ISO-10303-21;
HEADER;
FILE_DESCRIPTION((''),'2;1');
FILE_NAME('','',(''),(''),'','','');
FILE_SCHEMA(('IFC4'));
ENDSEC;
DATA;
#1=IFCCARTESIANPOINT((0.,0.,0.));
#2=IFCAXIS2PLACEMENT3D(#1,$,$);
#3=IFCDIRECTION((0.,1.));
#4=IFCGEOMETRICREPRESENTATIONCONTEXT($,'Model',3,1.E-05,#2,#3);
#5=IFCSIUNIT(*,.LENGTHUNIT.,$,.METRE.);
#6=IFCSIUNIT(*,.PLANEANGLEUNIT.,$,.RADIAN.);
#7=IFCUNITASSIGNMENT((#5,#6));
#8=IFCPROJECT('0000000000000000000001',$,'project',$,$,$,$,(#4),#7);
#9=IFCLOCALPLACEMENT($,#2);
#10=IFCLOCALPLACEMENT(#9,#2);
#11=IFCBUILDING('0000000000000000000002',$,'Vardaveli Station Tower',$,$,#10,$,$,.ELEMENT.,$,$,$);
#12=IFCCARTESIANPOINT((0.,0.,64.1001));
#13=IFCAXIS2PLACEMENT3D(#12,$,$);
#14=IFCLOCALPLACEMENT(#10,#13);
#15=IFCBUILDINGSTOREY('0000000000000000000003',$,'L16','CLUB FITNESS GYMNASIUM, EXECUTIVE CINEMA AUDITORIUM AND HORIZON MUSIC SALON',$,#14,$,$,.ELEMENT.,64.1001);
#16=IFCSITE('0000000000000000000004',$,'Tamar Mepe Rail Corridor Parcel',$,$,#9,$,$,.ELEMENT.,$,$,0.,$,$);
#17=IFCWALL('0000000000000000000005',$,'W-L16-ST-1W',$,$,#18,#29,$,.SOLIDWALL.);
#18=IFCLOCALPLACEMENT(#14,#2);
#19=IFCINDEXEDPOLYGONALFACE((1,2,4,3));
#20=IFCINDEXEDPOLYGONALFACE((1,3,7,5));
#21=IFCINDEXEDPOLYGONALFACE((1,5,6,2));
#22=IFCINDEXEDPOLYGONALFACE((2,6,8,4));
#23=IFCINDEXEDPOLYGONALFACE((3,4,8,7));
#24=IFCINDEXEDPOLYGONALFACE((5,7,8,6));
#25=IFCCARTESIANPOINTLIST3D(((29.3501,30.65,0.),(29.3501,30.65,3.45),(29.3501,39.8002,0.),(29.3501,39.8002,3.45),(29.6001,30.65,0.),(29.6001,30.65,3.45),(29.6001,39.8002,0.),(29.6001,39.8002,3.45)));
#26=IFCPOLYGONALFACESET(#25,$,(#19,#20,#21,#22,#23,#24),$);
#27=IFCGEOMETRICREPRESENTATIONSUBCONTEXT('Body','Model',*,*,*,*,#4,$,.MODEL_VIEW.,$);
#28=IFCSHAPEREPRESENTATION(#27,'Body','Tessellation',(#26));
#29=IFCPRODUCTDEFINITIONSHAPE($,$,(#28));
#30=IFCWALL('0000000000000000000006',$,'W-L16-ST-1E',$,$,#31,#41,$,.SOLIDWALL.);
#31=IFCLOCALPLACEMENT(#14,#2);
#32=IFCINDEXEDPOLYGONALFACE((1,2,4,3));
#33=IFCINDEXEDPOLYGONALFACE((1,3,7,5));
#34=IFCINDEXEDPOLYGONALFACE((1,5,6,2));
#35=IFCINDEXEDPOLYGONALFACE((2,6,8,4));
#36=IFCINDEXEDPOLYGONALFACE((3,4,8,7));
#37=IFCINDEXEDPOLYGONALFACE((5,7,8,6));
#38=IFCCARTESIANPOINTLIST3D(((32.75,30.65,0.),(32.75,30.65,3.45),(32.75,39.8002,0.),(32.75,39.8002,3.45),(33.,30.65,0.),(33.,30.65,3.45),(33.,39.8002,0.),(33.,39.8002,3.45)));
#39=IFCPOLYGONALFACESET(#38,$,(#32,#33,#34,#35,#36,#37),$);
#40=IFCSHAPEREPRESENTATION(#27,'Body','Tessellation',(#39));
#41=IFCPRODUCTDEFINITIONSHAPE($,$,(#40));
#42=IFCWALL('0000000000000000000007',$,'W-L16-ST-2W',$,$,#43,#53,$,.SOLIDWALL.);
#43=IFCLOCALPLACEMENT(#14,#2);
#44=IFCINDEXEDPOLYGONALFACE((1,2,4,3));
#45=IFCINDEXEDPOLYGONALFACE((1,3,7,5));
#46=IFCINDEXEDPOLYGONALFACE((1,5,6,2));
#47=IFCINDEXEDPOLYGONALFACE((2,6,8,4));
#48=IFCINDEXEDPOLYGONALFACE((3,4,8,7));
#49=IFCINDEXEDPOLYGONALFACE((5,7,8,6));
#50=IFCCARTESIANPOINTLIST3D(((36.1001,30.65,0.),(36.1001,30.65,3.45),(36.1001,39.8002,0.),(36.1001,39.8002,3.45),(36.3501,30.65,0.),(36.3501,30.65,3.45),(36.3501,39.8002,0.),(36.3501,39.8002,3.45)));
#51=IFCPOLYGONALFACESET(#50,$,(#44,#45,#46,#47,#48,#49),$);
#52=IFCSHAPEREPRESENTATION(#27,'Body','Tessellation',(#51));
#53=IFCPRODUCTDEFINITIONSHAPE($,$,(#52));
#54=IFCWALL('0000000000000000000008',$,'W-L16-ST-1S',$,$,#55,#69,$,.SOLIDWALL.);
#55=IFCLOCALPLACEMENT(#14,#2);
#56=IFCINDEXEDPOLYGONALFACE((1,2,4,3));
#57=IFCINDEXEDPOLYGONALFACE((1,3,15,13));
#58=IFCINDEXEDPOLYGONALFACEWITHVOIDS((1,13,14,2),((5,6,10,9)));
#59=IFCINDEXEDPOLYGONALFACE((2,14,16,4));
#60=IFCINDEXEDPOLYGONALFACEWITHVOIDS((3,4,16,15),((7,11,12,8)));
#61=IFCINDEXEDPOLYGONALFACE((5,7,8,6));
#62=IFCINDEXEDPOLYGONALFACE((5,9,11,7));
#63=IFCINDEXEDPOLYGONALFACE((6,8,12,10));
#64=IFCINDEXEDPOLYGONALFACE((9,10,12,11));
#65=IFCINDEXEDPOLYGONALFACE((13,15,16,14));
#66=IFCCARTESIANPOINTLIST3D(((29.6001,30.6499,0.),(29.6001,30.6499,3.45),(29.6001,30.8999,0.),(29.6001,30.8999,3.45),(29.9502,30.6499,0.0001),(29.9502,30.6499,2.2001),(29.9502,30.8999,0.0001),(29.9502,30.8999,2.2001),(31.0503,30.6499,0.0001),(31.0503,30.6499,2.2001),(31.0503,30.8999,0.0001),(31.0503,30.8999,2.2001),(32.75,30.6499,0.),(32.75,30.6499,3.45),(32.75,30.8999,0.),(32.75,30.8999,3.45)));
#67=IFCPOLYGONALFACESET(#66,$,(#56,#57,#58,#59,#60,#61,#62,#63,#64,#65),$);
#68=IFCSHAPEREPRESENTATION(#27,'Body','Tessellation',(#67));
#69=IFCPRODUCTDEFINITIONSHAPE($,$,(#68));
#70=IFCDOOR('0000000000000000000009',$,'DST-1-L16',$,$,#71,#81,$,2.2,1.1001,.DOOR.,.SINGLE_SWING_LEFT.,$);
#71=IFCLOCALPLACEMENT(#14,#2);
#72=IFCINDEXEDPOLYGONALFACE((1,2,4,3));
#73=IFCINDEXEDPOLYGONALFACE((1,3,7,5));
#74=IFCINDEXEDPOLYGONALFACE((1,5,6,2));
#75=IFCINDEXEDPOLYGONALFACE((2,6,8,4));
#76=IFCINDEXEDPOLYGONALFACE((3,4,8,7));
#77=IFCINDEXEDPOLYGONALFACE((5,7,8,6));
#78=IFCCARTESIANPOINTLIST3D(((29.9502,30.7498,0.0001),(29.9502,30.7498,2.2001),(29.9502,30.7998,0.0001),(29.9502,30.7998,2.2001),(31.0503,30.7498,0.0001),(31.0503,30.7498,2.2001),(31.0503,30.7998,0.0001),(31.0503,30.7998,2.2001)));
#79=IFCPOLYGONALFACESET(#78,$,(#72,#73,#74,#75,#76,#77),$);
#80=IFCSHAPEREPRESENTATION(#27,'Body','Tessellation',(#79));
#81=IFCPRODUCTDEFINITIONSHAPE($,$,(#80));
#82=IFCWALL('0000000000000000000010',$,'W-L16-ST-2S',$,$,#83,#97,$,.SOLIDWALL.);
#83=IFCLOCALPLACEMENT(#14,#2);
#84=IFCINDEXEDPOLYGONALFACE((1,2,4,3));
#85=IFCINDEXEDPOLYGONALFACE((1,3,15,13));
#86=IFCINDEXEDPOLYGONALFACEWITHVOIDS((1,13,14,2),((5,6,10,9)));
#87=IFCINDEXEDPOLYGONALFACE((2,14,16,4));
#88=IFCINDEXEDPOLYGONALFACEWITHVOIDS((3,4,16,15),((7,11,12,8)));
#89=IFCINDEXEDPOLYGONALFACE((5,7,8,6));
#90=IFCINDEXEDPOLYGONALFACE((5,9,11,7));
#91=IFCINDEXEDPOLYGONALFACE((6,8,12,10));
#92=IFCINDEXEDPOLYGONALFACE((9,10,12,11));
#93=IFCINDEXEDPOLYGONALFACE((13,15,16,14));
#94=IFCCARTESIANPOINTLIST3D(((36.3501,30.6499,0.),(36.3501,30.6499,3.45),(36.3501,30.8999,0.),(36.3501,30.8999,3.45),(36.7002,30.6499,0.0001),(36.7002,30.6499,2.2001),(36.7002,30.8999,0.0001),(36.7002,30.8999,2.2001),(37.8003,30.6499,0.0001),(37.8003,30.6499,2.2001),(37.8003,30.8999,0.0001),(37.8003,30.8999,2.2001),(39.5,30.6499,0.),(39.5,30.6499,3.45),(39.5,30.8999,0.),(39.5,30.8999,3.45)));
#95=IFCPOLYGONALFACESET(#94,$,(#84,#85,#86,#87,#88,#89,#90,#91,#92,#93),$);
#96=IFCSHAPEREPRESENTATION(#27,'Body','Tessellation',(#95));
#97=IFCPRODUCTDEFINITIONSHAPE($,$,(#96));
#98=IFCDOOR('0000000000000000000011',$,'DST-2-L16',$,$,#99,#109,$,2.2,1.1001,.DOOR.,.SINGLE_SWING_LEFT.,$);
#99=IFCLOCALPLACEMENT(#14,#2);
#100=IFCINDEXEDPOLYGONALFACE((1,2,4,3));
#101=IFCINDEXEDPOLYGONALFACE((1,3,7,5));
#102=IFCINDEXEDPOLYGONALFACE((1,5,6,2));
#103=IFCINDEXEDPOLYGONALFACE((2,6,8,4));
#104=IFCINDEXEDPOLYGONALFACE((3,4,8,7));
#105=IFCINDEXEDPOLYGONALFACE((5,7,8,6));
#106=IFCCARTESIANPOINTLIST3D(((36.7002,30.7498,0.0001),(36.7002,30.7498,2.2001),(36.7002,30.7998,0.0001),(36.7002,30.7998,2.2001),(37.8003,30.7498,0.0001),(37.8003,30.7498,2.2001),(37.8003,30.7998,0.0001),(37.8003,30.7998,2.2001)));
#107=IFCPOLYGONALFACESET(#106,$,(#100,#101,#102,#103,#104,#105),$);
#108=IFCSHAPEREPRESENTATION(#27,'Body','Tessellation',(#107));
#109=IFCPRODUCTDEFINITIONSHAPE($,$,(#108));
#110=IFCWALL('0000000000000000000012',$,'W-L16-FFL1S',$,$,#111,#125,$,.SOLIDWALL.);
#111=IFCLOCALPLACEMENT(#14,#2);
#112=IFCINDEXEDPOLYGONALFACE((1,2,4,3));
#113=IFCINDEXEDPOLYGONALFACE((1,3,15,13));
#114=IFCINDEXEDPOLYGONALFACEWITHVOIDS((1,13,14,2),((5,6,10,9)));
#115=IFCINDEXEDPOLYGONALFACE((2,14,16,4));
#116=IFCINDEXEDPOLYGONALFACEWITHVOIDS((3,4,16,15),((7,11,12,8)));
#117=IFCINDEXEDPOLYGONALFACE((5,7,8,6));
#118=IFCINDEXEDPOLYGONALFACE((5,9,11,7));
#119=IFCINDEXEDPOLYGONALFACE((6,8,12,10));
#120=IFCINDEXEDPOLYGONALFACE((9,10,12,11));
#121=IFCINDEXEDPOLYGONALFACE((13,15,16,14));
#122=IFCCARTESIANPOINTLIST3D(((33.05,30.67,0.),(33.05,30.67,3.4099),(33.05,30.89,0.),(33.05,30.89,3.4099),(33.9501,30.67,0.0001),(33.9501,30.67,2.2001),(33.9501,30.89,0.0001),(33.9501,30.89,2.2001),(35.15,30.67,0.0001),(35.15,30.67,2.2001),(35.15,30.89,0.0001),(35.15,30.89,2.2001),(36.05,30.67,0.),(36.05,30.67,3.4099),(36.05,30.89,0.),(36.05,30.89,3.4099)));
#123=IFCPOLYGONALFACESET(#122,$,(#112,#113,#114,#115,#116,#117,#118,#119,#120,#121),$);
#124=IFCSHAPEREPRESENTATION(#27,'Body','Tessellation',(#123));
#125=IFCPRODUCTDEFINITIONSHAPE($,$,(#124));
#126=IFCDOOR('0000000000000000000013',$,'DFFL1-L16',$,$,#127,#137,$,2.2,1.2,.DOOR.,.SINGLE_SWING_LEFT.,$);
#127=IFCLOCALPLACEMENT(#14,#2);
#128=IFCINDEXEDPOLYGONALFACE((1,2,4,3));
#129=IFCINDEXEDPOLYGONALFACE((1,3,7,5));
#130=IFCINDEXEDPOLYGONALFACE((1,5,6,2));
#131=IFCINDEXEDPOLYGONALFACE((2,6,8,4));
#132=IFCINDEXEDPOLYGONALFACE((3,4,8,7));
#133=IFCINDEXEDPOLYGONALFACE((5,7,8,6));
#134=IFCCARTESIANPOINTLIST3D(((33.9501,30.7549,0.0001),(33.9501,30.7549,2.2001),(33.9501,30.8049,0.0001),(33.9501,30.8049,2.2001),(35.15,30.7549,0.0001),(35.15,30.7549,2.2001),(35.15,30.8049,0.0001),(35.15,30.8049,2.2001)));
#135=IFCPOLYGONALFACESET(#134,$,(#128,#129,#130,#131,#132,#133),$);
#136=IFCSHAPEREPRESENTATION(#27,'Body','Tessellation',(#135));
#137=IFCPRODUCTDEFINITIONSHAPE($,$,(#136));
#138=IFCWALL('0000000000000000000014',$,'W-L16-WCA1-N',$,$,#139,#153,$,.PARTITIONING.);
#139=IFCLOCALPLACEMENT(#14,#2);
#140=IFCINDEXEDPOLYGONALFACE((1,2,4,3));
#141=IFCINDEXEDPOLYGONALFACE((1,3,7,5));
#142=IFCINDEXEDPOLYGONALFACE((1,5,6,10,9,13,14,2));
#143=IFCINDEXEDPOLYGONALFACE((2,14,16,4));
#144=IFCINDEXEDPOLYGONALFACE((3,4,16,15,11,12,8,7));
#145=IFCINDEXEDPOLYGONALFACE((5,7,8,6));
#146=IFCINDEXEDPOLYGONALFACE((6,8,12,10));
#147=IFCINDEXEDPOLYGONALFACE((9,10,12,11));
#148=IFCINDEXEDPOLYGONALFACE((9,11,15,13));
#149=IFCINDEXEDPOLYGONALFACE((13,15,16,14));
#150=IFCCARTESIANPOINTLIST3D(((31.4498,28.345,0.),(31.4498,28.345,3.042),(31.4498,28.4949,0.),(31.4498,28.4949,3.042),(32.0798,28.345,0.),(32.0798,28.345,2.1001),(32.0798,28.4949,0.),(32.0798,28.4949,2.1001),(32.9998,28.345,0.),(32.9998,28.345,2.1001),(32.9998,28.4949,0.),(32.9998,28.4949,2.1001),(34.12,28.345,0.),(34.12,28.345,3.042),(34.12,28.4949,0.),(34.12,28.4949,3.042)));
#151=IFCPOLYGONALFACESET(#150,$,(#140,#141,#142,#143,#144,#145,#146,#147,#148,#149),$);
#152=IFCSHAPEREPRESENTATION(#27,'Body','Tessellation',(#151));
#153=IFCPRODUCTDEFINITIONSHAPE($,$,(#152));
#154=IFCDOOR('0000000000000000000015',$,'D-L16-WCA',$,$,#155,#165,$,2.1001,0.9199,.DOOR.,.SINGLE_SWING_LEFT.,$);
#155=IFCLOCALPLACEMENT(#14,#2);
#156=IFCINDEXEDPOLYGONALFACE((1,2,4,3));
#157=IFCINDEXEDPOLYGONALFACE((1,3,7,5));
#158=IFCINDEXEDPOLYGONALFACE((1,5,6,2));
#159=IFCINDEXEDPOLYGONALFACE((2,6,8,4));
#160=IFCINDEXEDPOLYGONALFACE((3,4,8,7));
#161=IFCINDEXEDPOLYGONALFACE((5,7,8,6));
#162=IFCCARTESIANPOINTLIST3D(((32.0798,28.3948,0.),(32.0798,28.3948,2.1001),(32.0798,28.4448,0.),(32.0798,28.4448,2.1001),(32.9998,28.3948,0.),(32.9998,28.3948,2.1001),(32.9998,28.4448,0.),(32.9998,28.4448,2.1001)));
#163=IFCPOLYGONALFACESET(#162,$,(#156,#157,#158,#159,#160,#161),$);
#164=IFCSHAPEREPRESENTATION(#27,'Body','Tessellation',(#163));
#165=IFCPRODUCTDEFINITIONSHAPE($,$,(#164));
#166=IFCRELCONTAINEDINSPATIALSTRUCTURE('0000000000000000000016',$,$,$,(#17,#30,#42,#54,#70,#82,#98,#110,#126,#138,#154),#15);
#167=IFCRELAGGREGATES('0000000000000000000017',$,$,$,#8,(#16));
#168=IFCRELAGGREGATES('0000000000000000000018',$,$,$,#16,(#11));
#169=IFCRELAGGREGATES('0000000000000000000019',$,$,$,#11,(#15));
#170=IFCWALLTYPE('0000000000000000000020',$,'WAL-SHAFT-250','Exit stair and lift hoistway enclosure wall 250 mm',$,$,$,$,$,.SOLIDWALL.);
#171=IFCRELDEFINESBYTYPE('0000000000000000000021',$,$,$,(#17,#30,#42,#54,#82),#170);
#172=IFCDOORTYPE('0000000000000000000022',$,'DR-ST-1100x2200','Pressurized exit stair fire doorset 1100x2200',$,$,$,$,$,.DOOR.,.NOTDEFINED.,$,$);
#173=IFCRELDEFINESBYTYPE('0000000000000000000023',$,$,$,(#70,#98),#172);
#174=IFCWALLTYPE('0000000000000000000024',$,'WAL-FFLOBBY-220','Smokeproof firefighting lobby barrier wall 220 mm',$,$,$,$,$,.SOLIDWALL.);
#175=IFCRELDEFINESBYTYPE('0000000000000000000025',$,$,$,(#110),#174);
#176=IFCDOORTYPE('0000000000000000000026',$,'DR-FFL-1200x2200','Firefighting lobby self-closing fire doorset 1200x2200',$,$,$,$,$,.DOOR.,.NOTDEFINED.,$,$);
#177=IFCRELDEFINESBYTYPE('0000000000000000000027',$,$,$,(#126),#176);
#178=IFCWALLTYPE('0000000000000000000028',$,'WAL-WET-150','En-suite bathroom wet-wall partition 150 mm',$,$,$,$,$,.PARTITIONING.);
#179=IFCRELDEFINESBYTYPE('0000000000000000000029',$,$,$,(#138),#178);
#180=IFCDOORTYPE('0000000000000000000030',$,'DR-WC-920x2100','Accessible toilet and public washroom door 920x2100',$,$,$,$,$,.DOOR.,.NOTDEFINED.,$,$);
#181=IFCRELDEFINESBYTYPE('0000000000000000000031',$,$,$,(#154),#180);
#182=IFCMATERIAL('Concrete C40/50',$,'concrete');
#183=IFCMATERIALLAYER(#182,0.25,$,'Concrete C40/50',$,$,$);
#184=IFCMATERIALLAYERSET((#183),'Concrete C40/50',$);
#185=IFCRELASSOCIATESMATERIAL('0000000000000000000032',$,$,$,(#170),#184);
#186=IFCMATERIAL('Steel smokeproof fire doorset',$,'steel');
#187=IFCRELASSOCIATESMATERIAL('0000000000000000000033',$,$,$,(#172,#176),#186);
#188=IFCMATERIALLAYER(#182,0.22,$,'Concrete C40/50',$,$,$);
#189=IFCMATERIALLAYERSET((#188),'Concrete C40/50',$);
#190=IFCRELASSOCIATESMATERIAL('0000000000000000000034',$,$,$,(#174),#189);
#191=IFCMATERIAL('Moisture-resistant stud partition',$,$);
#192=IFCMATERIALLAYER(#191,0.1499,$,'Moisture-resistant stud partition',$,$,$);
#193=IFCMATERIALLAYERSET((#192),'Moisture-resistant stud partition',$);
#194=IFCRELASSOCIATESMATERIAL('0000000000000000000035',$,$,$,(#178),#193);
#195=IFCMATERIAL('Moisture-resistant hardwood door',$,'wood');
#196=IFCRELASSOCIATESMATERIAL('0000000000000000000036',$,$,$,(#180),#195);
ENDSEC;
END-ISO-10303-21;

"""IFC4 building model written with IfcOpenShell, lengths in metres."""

from ifc_helpers import new_model, si_unit, direction, frame, frame_2d, origin, place, context, subcontext, project, spatial, rectangle, extrude, source, transform, mapped, material, layer, layer_set, type_object, element, fill, save


model = new_model("IFC4")

# Units and contexts
model_context = context("Model", 3, precision=1e-05, world=origin(), true_north=direction((0.0, 1.0)))
body_context = subcontext(model_context, "Body", "Model", "MODEL_VIEW")
ifc_project = project(units=[si_unit("LENGTHUNIT", "METRE"), si_unit("PLANEANGLEUNIT", "RADIAN")], contexts=[model_context])

# Site, building, storey
site_placement = place(None, origin())
site = spatial("IfcSite", under=ifc_project, at=site_placement, Name="Tamar Mepe Rail Corridor Parcel", CompositionType="ELEMENT", RefElevation=0.0)
building_placement = place(site_placement, origin())
building = spatial("IfcBuilding", under=site, at=building_placement, Name="Vardaveli Station Tower", CompositionType="ELEMENT")
storey_placement = place(building_placement, frame((0.0, 0.0, 64.1001)))
storey = spatial("IfcBuildingStorey", under=building, at=storey_placement, Name="L16", Description="CLUB FITNESS GYMNASIUM, EXECUTIVE CINEMA AUDITORIUM AND HORIZON MUSIC SALON", CompositionType="ELEMENT", Elevation=64.1001)

# Walls
ifc_material_1 = material(Name="Concrete C40/50", Category="concrete")
ifc_layer_1 = layer(ifc_material_1, 0.25, Name="Concrete C40/50")
ifc_layer_set_1 = layer_set([ifc_layer_1], Name="Concrete C40/50")
wall_type_1 = type_object("IfcWallType", Name="WAL-SHAFT-250", Description="Exit stair and lift hoistway enclosure wall 250 mm", PredefinedType="SOLIDWALL", material=ifc_layer_set_1)
shared_shape_1 = source(origin(), body_context, "Body", "SweptSolid", [
    extrude(rectangle(XDim=9.1501, YDim=0.25, at=frame_2d((4.5752, 0.0))), origin(), (0.0, 0.0, 1.0), 3.45),
])
for number, where, z_axis, x_axis, name in (
    (1, (29.4751, 30.6499, 0.0), (0.0, 0.0, 1.0), (0.0, 1.0, 0.0), "W-L16-ST-1W"),
    (2, (32.875, 30.6499, 0.0), (0.0, 0.0, 1.0), (0.0, 1.0, 0.0), "W-L16-ST-1E"),
    (3, (36.2251, 30.6499, 0.0), (0.0, 0.0, 1.0), (0.0, 1.0, 0.0), "W-L16-ST-2W"),
):
    element("IfcWall", number, at=place(storey_placement, frame(where, z_axis=z_axis, x_axis=x_axis)), inside=storey, type_object=wall_type_1, Name=name, PredefinedType="SOLIDWALL", context=body_context, shape_type="MappedRepresentation", body=[
        mapped(shared_shape_1, transform((0.0, 0.0, 0.0), scale=1.0)),
    ])

# Walls, openings, doors
shared_shape_2 = source(origin(), body_context, "Body", "SweptSolid", [
    extrude(rectangle(XDim=3.1499, YDim=0.25, at=frame_2d((1.575, 0.0))), origin(), (0.0, 0.0, 1.0), 3.45),
])
wall_1_placement = place(storey_placement, frame((29.6001, 30.7749, 0.0), z_axis=(0.0, 0.0, 1.0), x_axis=(1.0, 0.0, 0.0)))
wall_1 = element("IfcWall", 4, at=wall_1_placement, inside=storey, type_object=wall_type_1, Name="W-L16-ST-1S", PredefinedType="SOLIDWALL", context=body_context, shape_type="MappedRepresentation", body=[
    mapped(shared_shape_2, transform((0.0, 0.0, 0.0), scale=1.0)),
])
shared_shape_3 = source(origin(), body_context, "Body", "SweptSolid", [
    extrude(rectangle(XDim=1.1001, YDim=2.2, at=frame_2d((0.55, 1.1001))), frame((0.0, 0.135, 0.0), z_axis=(0.0, -1.0, 0.0), x_axis=(1.0, 0.0, 0.0)), (0.0, 0.0, 1.0), 0.27),
])
opening_1_placement = place(wall_1_placement, frame((0.3501, 0.0, 0.0)))
opening_1 = element("IfcOpeningElement", 5, at=opening_1_placement, cuts=wall_1, PredefinedType="OPENING", context=body_context, shape_type="MappedRepresentation", body=[
    mapped(shared_shape_3, transform((0.0, 0.0, 0.0), scale=1.0)),
])
ifc_material_2 = material(Name="Steel smokeproof fire doorset", Category="steel")
door_type_1 = type_object("IfcDoorType", Name="DR-ST-1100x2200", Description="Pressurized exit stair fire doorset 1100x2200", OperationType="NOTDEFINED", PredefinedType="DOOR", material=ifc_material_2)
shared_shape_4 = source(origin(), body_context, "Body", "SweptSolid", [
    extrude(rectangle(XDim=1.1001, YDim=2.2, at=frame_2d((0.55, 1.1001))), frame((0.0, 0.0249, 0.0), z_axis=(0.0, -1.0, 0.0), x_axis=(1.0, 0.0, 0.0)), (0.0, 0.0, 1.0), 0.05),
])
door_1_placement = place(opening_1_placement, origin())
door_1 = element("IfcDoor", 6, at=door_1_placement, inside=storey, type_object=door_type_1, Name="DST-1-L16", OperationType="SINGLE_SWING_LEFT", OverallHeight=2.2, OverallWidth=1.1001, PredefinedType="DOOR", context=body_context, shape_type="MappedRepresentation", body=[
    mapped(shared_shape_4, transform((0.0, 0.0, 0.0), scale=1.0)),
])
fill(opening_1, door_1)
wall_2_placement = place(storey_placement, frame((36.3501, 30.7749, 0.0), z_axis=(0.0, 0.0, 1.0), x_axis=(1.0, 0.0, 0.0)))
wall_2 = element("IfcWall", 7, at=wall_2_placement, inside=storey, type_object=wall_type_1, Name="W-L16-ST-2S", PredefinedType="SOLIDWALL", context=body_context, shape_type="MappedRepresentation", body=[
    mapped(shared_shape_2, transform((0.0, 0.0, 0.0), scale=1.0)),
])
opening_2_placement = place(wall_2_placement, frame((0.3501, 0.0, 0.0)))
opening_2 = element("IfcOpeningElement", 8, at=opening_2_placement, cuts=wall_2, PredefinedType="OPENING", context=body_context, shape_type="MappedRepresentation", body=[
    mapped(shared_shape_3, transform((0.0, 0.0, 0.0), scale=1.0)),
])
door_2_placement = place(opening_2_placement, origin())
door_2 = element("IfcDoor", 9, at=door_2_placement, inside=storey, type_object=door_type_1, Name="DST-2-L16", OperationType="SINGLE_SWING_LEFT", OverallHeight=2.2, OverallWidth=1.1001, PredefinedType="DOOR", context=body_context, shape_type="MappedRepresentation", body=[
    mapped(shared_shape_4, transform((0.0, 0.0, 0.0), scale=1.0)),
])
fill(opening_2, door_2)
ifc_layer_2 = layer(ifc_material_1, 0.22, Name="Concrete C40/50")
ifc_layer_set_2 = layer_set([ifc_layer_2], Name="Concrete C40/50")
wall_type_2 = type_object("IfcWallType", Name="WAL-FFLOBBY-220", Description="Smokeproof firefighting lobby barrier wall 220 mm", PredefinedType="SOLIDWALL", material=ifc_layer_set_2)
shared_shape_5 = source(origin(), body_context, "Body", "SweptSolid", [
    extrude(rectangle(XDim=3.0, YDim=0.22, at=frame_2d((1.5, 0.0))), origin(), (0.0, 0.0, 1.0), 3.4099),
])
wall_3_placement = place(storey_placement, frame((33.05, 30.78, 0.0), z_axis=(0.0, 0.0, 1.0), x_axis=(1.0, 0.0, 0.0)))
wall_3 = element("IfcWall", 10, at=wall_3_placement, inside=storey, type_object=wall_type_2, Name="W-L16-FFL1S", PredefinedType="SOLIDWALL", context=body_context, shape_type="MappedRepresentation", body=[
    mapped(shared_shape_5, transform((0.0, 0.0, 0.0), scale=1.0)),
])
shared_shape_6 = source(origin(), body_context, "Body", "SweptSolid", [
    extrude(rectangle(XDim=1.2, YDim=2.2, at=frame_2d((0.6001, 1.1001))), frame((0.0, 0.1201, 0.0), z_axis=(0.0, -1.0, 0.0), x_axis=(1.0, 0.0, 0.0)), (0.0, 0.0, 1.0), 0.24),
])
opening_3_placement = place(wall_3_placement, frame((0.8999, 0.0, 0.0)))
opening_3 = element("IfcOpeningElement", 11, at=opening_3_placement, cuts=wall_3, PredefinedType="OPENING", context=body_context, shape_type="MappedRepresentation", body=[
    mapped(shared_shape_6, transform((0.0, 0.0, 0.0), scale=1.0)),
])
door_type_2 = type_object("IfcDoorType", Name="DR-FFL-1200x2200", Description="Firefighting lobby self-closing fire doorset 1200x2200", OperationType="NOTDEFINED", PredefinedType="DOOR", material=ifc_material_2)
shared_shape_7 = source(origin(), body_context, "Body", "SweptSolid", [
    extrude(rectangle(XDim=1.2, YDim=2.2, at=frame_2d((0.6001, 1.1001))), frame((0.0, 0.0249, 0.0), z_axis=(0.0, -1.0, 0.0), x_axis=(1.0, 0.0, 0.0)), (0.0, 0.0, 1.0), 0.05),
])
door_3_placement = place(opening_3_placement, origin())
door_3 = element("IfcDoor", 12, at=door_3_placement, inside=storey, type_object=door_type_2, Name="DFFL1-L16", OperationType="SINGLE_SWING_LEFT", OverallHeight=2.2, OverallWidth=1.2, PredefinedType="DOOR", context=body_context, shape_type="MappedRepresentation", body=[
    mapped(shared_shape_7, transform((0.0, 0.0, 0.0), scale=1.0)),
])
fill(opening_3, door_3)
ifc_material_3 = material(Name="Moisture-resistant stud partition")
ifc_layer_3 = layer(ifc_material_3, 0.1499, Name="Moisture-resistant stud partition")
ifc_layer_set_3 = layer_set([ifc_layer_3], Name="Moisture-resistant stud partition")
wall_type_3 = type_object("IfcWallType", Name="WAL-WET-150", Description="En-suite bathroom wet-wall partition 150 mm", PredefinedType="PARTITIONING", material=ifc_layer_set_3)
shared_shape_8 = source(origin(), body_context, "Body", "SweptSolid", [
    extrude(rectangle(XDim=2.6702, YDim=0.1499, at=frame_2d((1.335, 0.0))), origin(), (0.0, 0.0, 1.0), 3.042),
])
wall_4_placement = place(storey_placement, frame((31.45, 28.4199, 0.0), z_axis=(0.0, 0.0, 1.0), x_axis=(1.0, 0.0, 0.0)))
wall_4 = element("IfcWall", 13, at=wall_4_placement, inside=storey, type_object=wall_type_3, Name="W-L16-WCA1-N", PredefinedType="PARTITIONING", context=body_context, shape_type="MappedRepresentation", body=[
    mapped(shared_shape_8, transform((0.0, 0.0, 0.0), scale=1.0)),
])
shared_shape_9 = source(origin(), body_context, "Body", "SweptSolid", [
    extrude(rectangle(XDim=0.9199, YDim=2.1001, at=frame_2d((0.46, 1.05))), frame((0.0, 0.085, 0.0), z_axis=(0.0, -1.0, 0.0), x_axis=(1.0, 0.0, 0.0)), (0.0, 0.0, 1.0), 0.1699),
])
opening_4_placement = place(wall_4_placement, frame((0.6299, 0.0, 0.0)))
opening_4 = element("IfcOpeningElement", 14, at=opening_4_placement, cuts=wall_4, PredefinedType="OPENING", context=body_context, shape_type="MappedRepresentation", body=[
    mapped(shared_shape_9, transform((0.0, 0.0, 0.0), scale=1.0)),
])
ifc_material_4 = material(Name="Moisture-resistant hardwood door", Category="wood")
door_type_3 = type_object("IfcDoorType", Name="DR-WC-920x2100", Description="Accessible toilet and public washroom door 920x2100", OperationType="NOTDEFINED", PredefinedType="DOOR", material=ifc_material_4)
shared_shape_10 = source(origin(), body_context, "Body", "SweptSolid", [
    extrude(rectangle(XDim=0.9199, YDim=2.1001, at=frame_2d((0.46, 1.05))), frame((0.0, 0.0249, 0.0), z_axis=(0.0, -1.0, 0.0), x_axis=(1.0, 0.0, 0.0)), (0.0, 0.0, 1.0), 0.05),
])
door_4_placement = place(opening_4_placement, origin())
door_4 = element("IfcDoor", 15, at=door_4_placement, inside=storey, type_object=door_type_3, Name="D-L16-WCA", OperationType="SINGLE_SWING_LEFT", OverallHeight=2.1001, OverallWidth=0.9199, PredefinedType="DOOR", context=body_context, shape_type="MappedRepresentation", body=[
    mapped(shared_shape_10, transform((0.0, 0.0, 0.0), scale=1.0)),
])
fill(opening_4, door_4)

save(model, "model.ifc")
